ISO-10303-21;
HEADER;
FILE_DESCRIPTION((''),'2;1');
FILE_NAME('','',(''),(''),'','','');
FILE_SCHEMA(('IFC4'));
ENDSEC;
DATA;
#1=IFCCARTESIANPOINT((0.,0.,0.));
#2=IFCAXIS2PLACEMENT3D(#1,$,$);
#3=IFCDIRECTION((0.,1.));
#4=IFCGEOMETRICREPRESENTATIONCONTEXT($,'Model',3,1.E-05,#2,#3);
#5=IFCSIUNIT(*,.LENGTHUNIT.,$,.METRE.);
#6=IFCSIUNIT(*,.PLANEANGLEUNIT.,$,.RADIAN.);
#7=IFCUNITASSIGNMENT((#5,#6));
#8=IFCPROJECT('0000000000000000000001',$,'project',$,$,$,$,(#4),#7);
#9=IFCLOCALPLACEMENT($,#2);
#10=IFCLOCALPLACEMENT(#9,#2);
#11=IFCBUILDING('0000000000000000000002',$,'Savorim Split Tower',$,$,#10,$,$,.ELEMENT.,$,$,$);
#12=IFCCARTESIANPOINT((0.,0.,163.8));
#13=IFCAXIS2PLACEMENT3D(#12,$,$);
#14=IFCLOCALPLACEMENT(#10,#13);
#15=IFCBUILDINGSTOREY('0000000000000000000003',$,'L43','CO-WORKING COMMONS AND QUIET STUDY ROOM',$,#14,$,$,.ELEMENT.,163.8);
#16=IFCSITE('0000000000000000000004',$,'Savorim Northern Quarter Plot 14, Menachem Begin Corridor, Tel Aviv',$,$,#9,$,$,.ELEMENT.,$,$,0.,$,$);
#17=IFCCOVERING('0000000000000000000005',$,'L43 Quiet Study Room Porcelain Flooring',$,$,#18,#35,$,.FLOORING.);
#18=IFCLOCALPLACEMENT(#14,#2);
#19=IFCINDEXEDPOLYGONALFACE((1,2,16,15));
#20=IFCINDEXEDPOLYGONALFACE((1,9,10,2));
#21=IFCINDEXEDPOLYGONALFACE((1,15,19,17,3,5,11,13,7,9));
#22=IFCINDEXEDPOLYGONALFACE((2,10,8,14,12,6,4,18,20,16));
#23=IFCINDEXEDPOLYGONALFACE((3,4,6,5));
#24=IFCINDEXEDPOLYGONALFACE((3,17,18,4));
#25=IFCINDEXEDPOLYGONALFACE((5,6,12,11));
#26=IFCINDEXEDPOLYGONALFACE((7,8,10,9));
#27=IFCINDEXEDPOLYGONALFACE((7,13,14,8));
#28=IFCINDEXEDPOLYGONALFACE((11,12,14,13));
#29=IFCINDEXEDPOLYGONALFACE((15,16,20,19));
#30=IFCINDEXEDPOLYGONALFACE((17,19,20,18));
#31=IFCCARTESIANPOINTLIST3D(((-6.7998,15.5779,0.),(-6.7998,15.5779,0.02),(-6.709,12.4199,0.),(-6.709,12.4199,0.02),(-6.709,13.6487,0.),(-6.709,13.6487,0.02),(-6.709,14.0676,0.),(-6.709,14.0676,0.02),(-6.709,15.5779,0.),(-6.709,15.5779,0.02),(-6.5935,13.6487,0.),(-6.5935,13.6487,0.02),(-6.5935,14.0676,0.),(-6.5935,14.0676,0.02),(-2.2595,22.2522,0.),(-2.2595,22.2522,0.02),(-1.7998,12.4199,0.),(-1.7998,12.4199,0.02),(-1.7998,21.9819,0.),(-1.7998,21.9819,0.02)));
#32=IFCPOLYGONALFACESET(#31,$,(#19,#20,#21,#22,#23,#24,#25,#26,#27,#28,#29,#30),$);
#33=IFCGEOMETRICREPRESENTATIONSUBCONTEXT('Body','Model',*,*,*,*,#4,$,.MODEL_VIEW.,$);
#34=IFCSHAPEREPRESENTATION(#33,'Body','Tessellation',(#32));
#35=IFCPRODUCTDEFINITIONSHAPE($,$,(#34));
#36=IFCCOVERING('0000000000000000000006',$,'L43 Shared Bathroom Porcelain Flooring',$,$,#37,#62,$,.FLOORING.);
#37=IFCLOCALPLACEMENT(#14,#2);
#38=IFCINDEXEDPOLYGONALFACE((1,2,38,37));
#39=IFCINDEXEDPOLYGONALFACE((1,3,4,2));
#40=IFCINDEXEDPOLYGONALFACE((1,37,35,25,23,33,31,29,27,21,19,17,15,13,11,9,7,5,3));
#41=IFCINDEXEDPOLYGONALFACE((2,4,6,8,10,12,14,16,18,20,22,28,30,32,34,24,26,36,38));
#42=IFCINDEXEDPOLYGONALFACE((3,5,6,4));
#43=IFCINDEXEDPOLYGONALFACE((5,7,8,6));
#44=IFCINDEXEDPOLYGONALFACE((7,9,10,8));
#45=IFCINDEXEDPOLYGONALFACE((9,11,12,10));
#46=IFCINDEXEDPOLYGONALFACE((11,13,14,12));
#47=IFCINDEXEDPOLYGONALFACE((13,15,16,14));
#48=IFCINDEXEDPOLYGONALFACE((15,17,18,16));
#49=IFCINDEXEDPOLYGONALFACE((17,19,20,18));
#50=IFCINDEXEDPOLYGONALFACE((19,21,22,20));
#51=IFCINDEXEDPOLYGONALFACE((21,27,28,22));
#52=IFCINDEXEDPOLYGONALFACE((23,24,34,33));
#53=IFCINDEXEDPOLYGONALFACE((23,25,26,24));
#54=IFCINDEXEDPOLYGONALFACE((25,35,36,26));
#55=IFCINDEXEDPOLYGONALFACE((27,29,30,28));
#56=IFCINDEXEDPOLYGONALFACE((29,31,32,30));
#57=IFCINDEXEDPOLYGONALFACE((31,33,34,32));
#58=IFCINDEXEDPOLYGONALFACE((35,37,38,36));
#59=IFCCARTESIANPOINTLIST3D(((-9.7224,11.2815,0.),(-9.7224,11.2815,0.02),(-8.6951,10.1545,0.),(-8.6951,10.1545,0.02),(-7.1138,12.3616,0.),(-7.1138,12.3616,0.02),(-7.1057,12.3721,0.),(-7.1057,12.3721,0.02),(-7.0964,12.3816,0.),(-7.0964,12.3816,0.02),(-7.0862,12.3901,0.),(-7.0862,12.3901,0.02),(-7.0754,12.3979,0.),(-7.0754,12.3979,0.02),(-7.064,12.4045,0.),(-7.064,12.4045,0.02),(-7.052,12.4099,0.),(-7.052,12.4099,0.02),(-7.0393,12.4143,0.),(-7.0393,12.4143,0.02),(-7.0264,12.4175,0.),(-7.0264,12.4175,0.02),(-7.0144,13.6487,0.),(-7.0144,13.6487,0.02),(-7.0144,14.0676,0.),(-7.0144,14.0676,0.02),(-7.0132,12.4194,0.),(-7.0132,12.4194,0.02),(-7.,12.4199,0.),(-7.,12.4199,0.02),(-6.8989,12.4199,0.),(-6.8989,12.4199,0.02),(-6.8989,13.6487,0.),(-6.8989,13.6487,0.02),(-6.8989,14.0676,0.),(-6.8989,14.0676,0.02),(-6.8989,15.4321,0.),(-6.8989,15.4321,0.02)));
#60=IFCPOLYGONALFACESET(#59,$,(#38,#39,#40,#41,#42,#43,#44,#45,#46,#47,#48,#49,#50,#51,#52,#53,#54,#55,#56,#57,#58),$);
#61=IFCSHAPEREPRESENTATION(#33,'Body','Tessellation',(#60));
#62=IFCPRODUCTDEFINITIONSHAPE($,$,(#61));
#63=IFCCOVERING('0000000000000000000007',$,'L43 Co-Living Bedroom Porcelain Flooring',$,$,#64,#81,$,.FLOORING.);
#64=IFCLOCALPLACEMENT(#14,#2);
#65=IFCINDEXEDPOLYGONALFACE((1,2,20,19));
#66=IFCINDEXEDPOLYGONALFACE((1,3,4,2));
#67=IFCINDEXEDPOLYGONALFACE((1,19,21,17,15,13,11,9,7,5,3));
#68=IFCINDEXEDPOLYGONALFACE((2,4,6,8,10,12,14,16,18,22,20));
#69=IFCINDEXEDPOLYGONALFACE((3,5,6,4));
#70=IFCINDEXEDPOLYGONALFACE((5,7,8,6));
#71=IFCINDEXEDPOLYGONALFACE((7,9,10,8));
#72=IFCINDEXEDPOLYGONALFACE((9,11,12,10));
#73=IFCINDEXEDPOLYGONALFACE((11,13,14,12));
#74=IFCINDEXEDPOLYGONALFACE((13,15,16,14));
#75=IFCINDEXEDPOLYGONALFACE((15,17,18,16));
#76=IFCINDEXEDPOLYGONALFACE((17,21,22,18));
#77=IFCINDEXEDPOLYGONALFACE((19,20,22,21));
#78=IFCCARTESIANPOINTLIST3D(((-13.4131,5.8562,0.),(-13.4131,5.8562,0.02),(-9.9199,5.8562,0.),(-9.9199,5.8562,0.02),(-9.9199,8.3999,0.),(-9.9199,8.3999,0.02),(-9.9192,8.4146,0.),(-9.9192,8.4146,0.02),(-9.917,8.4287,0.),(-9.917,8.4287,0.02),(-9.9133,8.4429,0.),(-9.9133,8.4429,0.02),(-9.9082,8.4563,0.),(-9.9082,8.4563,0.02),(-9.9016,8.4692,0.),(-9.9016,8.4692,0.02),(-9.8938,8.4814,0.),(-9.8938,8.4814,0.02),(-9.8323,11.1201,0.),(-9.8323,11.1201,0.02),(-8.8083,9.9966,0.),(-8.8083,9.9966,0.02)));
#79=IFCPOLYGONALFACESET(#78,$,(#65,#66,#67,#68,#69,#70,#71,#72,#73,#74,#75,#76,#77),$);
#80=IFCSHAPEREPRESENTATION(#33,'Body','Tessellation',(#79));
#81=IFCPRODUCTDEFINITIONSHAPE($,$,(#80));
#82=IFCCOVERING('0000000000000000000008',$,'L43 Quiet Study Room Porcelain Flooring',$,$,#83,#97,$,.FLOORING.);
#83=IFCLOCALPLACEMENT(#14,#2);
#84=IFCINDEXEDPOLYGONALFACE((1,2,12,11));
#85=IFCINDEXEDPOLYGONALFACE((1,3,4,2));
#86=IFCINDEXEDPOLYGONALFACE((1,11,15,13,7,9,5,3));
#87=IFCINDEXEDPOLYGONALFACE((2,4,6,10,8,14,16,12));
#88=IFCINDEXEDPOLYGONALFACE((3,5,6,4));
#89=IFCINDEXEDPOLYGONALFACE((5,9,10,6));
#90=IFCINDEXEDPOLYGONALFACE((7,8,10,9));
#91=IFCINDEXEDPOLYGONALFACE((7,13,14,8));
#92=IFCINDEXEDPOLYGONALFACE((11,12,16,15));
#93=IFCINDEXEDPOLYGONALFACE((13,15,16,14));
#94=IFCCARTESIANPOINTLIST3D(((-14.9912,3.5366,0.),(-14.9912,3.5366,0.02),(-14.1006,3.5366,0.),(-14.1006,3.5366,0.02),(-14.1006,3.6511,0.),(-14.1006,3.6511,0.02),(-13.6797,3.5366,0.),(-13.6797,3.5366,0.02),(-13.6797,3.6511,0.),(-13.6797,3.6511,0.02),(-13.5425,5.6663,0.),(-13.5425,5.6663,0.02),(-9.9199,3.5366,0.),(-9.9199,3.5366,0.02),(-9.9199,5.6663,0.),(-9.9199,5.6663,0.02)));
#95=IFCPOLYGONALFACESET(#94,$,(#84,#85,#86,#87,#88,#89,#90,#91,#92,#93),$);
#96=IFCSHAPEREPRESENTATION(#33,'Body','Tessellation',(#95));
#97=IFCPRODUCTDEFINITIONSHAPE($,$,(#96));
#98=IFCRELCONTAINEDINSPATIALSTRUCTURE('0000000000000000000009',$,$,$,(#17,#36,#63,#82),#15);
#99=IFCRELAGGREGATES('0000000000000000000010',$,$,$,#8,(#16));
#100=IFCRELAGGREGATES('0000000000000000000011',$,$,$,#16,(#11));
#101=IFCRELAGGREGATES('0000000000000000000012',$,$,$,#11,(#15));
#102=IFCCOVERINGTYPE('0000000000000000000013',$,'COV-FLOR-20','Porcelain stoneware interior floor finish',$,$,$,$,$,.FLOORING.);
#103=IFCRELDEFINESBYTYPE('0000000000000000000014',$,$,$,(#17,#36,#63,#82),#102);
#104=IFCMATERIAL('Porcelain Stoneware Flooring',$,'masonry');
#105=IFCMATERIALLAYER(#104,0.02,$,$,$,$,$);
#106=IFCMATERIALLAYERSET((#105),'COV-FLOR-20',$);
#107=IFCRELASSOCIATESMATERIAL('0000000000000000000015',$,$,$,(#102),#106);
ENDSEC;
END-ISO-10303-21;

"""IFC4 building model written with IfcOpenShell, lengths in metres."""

from ifc_helpers import new_model, si_unit, direction, frame, origin, place, context, subcontext, project, spatial, polyline, outline, extrude, material, layer, layer_set, type_object, element, save


model = new_model("IFC4")

# Units and contexts
model_context = context("Model", 3, precision=1e-05, world=origin(), true_north=direction((0.0, 1.0)))
body_context = subcontext(model_context, "Body", "Model", "MODEL_VIEW")
ifc_project = project(units=[si_unit("LENGTHUNIT", "METRE"), si_unit("PLANEANGLEUNIT", "RADIAN")], contexts=[model_context])

# Site, building, storey
site_placement = place(None, origin())
site = spatial("IfcSite", under=ifc_project, at=site_placement, Name="Savorim Northern Quarter Plot 14, Menachem Begin Corridor, Tel Aviv", CompositionType="ELEMENT", RefElevation=0.0)
building_placement = place(site_placement, origin())
building = spatial("IfcBuilding", under=site, at=building_placement, Name="Savorim Split Tower", CompositionType="ELEMENT")
storey_placement = place(building_placement, frame((0.0, 0.0, 163.8)))
storey = spatial("IfcBuildingStorey", under=building, at=storey_placement, Name="L43", Description="CO-WORKING COMMONS AND QUIET STUDY ROOM", CompositionType="ELEMENT", Elevation=163.8)

# Coverings
ifc_material_1 = material(Name="Porcelain Stoneware Flooring", Category="masonry")
ifc_layer_1 = layer(ifc_material_1, 0.02)
ifc_layer_set_1 = layer_set([ifc_layer_1], Name="COV-FLOR-20")
covering_type_1 = type_object("IfcCoveringType", Name="COV-FLOR-20", Description="Porcelain stoneware interior floor finish", PredefinedType="FLOORING", material=ifc_layer_set_1)
covering_1_placement = place(storey_placement, origin())
element("IfcCovering", 1, at=covering_1_placement, inside=storey, type_object=covering_type_1, Name="L43 Quiet Study Room Porcelain Flooring", PredefinedType="FLOORING", context=body_context, shape_type="SweptSolid", body=[
    extrude(outline(polyline([(-6.709, 12.4199), (-1.7998, 12.4199), (-1.7998, 21.9819), (-2.2595, 22.2522), (-6.7998, 15.5779), (-6.709, 15.5779), (-6.709, 14.0676), (-6.5935, 14.0676), (-6.5935, 13.6487), (-6.709, 13.6487), (-6.709, 12.4199)])), origin(), (0.0, 0.0, 1.0), 0.02),
])
covering_2_placement = place(storey_placement, origin())
element("IfcCovering", 2, at=covering_2_placement, inside=storey, type_object=covering_type_1, Name="L43 Shared Bathroom Porcelain Flooring", PredefinedType="FLOORING", context=body_context, shape_type="SweptSolid", body=[
    extrude(outline(polyline([(-7.0132, 12.4194), (-7.0, 12.4199), (-6.8989, 12.4199), (-6.8989, 13.6487), (-7.0144, 13.6487), (-7.0144, 14.0676), (-6.8989, 14.0676), (-6.8989, 15.4321), (-9.7224, 11.2815), (-8.6951, 10.1545), (-7.1138, 12.3616), (-7.1057, 12.3721), (-7.0964, 12.3816), (-7.0862, 12.3901), (-7.0754, 12.3979), (-7.064, 12.4045), (-7.052, 12.4099), (-7.0393, 12.4143), (-7.0264, 12.4175), (-7.0132, 12.4194)])), origin(), (0.0, 0.0, 1.0), 0.02),
])
covering_3_placement = place(storey_placement, origin())
element("IfcCovering", 3, at=covering_3_placement, inside=storey, type_object=covering_type_1, Name="L43 Co-Living Bedroom Porcelain Flooring", PredefinedType="FLOORING", context=body_context, shape_type="SweptSolid", body=[
    extrude(outline(polyline([(-9.9082, 8.4563), (-9.9016, 8.4692), (-9.8938, 8.4814), (-8.8083, 9.9966), (-9.8323, 11.1201), (-13.4131, 5.8562), (-9.9199, 5.8562), (-9.9199, 8.3999), (-9.9192, 8.4146), (-9.917, 8.4287), (-9.9133, 8.4429), (-9.9082, 8.4563)])), origin(), (0.0, 0.0, 1.0), 0.02),
])
covering_4_placement = place(storey_placement, origin())
element("IfcCovering", 4, at=covering_4_placement, inside=storey, type_object=covering_type_1, Name="L43 Quiet Study Room Porcelain Flooring", PredefinedType="FLOORING", context=body_context, shape_type="SweptSolid", body=[
    extrude(outline(polyline([(-13.6797, 3.6511), (-13.6797, 3.5366), (-9.9199, 3.5366), (-9.9199, 5.6663), (-13.5425, 5.6663), (-14.9912, 3.5366), (-14.1006, 3.5366), (-14.1006, 3.6511), (-13.6797, 3.6511)])), origin(), (0.0, 0.0, 1.0), 0.02),
])

save(model, "model.ifc")
